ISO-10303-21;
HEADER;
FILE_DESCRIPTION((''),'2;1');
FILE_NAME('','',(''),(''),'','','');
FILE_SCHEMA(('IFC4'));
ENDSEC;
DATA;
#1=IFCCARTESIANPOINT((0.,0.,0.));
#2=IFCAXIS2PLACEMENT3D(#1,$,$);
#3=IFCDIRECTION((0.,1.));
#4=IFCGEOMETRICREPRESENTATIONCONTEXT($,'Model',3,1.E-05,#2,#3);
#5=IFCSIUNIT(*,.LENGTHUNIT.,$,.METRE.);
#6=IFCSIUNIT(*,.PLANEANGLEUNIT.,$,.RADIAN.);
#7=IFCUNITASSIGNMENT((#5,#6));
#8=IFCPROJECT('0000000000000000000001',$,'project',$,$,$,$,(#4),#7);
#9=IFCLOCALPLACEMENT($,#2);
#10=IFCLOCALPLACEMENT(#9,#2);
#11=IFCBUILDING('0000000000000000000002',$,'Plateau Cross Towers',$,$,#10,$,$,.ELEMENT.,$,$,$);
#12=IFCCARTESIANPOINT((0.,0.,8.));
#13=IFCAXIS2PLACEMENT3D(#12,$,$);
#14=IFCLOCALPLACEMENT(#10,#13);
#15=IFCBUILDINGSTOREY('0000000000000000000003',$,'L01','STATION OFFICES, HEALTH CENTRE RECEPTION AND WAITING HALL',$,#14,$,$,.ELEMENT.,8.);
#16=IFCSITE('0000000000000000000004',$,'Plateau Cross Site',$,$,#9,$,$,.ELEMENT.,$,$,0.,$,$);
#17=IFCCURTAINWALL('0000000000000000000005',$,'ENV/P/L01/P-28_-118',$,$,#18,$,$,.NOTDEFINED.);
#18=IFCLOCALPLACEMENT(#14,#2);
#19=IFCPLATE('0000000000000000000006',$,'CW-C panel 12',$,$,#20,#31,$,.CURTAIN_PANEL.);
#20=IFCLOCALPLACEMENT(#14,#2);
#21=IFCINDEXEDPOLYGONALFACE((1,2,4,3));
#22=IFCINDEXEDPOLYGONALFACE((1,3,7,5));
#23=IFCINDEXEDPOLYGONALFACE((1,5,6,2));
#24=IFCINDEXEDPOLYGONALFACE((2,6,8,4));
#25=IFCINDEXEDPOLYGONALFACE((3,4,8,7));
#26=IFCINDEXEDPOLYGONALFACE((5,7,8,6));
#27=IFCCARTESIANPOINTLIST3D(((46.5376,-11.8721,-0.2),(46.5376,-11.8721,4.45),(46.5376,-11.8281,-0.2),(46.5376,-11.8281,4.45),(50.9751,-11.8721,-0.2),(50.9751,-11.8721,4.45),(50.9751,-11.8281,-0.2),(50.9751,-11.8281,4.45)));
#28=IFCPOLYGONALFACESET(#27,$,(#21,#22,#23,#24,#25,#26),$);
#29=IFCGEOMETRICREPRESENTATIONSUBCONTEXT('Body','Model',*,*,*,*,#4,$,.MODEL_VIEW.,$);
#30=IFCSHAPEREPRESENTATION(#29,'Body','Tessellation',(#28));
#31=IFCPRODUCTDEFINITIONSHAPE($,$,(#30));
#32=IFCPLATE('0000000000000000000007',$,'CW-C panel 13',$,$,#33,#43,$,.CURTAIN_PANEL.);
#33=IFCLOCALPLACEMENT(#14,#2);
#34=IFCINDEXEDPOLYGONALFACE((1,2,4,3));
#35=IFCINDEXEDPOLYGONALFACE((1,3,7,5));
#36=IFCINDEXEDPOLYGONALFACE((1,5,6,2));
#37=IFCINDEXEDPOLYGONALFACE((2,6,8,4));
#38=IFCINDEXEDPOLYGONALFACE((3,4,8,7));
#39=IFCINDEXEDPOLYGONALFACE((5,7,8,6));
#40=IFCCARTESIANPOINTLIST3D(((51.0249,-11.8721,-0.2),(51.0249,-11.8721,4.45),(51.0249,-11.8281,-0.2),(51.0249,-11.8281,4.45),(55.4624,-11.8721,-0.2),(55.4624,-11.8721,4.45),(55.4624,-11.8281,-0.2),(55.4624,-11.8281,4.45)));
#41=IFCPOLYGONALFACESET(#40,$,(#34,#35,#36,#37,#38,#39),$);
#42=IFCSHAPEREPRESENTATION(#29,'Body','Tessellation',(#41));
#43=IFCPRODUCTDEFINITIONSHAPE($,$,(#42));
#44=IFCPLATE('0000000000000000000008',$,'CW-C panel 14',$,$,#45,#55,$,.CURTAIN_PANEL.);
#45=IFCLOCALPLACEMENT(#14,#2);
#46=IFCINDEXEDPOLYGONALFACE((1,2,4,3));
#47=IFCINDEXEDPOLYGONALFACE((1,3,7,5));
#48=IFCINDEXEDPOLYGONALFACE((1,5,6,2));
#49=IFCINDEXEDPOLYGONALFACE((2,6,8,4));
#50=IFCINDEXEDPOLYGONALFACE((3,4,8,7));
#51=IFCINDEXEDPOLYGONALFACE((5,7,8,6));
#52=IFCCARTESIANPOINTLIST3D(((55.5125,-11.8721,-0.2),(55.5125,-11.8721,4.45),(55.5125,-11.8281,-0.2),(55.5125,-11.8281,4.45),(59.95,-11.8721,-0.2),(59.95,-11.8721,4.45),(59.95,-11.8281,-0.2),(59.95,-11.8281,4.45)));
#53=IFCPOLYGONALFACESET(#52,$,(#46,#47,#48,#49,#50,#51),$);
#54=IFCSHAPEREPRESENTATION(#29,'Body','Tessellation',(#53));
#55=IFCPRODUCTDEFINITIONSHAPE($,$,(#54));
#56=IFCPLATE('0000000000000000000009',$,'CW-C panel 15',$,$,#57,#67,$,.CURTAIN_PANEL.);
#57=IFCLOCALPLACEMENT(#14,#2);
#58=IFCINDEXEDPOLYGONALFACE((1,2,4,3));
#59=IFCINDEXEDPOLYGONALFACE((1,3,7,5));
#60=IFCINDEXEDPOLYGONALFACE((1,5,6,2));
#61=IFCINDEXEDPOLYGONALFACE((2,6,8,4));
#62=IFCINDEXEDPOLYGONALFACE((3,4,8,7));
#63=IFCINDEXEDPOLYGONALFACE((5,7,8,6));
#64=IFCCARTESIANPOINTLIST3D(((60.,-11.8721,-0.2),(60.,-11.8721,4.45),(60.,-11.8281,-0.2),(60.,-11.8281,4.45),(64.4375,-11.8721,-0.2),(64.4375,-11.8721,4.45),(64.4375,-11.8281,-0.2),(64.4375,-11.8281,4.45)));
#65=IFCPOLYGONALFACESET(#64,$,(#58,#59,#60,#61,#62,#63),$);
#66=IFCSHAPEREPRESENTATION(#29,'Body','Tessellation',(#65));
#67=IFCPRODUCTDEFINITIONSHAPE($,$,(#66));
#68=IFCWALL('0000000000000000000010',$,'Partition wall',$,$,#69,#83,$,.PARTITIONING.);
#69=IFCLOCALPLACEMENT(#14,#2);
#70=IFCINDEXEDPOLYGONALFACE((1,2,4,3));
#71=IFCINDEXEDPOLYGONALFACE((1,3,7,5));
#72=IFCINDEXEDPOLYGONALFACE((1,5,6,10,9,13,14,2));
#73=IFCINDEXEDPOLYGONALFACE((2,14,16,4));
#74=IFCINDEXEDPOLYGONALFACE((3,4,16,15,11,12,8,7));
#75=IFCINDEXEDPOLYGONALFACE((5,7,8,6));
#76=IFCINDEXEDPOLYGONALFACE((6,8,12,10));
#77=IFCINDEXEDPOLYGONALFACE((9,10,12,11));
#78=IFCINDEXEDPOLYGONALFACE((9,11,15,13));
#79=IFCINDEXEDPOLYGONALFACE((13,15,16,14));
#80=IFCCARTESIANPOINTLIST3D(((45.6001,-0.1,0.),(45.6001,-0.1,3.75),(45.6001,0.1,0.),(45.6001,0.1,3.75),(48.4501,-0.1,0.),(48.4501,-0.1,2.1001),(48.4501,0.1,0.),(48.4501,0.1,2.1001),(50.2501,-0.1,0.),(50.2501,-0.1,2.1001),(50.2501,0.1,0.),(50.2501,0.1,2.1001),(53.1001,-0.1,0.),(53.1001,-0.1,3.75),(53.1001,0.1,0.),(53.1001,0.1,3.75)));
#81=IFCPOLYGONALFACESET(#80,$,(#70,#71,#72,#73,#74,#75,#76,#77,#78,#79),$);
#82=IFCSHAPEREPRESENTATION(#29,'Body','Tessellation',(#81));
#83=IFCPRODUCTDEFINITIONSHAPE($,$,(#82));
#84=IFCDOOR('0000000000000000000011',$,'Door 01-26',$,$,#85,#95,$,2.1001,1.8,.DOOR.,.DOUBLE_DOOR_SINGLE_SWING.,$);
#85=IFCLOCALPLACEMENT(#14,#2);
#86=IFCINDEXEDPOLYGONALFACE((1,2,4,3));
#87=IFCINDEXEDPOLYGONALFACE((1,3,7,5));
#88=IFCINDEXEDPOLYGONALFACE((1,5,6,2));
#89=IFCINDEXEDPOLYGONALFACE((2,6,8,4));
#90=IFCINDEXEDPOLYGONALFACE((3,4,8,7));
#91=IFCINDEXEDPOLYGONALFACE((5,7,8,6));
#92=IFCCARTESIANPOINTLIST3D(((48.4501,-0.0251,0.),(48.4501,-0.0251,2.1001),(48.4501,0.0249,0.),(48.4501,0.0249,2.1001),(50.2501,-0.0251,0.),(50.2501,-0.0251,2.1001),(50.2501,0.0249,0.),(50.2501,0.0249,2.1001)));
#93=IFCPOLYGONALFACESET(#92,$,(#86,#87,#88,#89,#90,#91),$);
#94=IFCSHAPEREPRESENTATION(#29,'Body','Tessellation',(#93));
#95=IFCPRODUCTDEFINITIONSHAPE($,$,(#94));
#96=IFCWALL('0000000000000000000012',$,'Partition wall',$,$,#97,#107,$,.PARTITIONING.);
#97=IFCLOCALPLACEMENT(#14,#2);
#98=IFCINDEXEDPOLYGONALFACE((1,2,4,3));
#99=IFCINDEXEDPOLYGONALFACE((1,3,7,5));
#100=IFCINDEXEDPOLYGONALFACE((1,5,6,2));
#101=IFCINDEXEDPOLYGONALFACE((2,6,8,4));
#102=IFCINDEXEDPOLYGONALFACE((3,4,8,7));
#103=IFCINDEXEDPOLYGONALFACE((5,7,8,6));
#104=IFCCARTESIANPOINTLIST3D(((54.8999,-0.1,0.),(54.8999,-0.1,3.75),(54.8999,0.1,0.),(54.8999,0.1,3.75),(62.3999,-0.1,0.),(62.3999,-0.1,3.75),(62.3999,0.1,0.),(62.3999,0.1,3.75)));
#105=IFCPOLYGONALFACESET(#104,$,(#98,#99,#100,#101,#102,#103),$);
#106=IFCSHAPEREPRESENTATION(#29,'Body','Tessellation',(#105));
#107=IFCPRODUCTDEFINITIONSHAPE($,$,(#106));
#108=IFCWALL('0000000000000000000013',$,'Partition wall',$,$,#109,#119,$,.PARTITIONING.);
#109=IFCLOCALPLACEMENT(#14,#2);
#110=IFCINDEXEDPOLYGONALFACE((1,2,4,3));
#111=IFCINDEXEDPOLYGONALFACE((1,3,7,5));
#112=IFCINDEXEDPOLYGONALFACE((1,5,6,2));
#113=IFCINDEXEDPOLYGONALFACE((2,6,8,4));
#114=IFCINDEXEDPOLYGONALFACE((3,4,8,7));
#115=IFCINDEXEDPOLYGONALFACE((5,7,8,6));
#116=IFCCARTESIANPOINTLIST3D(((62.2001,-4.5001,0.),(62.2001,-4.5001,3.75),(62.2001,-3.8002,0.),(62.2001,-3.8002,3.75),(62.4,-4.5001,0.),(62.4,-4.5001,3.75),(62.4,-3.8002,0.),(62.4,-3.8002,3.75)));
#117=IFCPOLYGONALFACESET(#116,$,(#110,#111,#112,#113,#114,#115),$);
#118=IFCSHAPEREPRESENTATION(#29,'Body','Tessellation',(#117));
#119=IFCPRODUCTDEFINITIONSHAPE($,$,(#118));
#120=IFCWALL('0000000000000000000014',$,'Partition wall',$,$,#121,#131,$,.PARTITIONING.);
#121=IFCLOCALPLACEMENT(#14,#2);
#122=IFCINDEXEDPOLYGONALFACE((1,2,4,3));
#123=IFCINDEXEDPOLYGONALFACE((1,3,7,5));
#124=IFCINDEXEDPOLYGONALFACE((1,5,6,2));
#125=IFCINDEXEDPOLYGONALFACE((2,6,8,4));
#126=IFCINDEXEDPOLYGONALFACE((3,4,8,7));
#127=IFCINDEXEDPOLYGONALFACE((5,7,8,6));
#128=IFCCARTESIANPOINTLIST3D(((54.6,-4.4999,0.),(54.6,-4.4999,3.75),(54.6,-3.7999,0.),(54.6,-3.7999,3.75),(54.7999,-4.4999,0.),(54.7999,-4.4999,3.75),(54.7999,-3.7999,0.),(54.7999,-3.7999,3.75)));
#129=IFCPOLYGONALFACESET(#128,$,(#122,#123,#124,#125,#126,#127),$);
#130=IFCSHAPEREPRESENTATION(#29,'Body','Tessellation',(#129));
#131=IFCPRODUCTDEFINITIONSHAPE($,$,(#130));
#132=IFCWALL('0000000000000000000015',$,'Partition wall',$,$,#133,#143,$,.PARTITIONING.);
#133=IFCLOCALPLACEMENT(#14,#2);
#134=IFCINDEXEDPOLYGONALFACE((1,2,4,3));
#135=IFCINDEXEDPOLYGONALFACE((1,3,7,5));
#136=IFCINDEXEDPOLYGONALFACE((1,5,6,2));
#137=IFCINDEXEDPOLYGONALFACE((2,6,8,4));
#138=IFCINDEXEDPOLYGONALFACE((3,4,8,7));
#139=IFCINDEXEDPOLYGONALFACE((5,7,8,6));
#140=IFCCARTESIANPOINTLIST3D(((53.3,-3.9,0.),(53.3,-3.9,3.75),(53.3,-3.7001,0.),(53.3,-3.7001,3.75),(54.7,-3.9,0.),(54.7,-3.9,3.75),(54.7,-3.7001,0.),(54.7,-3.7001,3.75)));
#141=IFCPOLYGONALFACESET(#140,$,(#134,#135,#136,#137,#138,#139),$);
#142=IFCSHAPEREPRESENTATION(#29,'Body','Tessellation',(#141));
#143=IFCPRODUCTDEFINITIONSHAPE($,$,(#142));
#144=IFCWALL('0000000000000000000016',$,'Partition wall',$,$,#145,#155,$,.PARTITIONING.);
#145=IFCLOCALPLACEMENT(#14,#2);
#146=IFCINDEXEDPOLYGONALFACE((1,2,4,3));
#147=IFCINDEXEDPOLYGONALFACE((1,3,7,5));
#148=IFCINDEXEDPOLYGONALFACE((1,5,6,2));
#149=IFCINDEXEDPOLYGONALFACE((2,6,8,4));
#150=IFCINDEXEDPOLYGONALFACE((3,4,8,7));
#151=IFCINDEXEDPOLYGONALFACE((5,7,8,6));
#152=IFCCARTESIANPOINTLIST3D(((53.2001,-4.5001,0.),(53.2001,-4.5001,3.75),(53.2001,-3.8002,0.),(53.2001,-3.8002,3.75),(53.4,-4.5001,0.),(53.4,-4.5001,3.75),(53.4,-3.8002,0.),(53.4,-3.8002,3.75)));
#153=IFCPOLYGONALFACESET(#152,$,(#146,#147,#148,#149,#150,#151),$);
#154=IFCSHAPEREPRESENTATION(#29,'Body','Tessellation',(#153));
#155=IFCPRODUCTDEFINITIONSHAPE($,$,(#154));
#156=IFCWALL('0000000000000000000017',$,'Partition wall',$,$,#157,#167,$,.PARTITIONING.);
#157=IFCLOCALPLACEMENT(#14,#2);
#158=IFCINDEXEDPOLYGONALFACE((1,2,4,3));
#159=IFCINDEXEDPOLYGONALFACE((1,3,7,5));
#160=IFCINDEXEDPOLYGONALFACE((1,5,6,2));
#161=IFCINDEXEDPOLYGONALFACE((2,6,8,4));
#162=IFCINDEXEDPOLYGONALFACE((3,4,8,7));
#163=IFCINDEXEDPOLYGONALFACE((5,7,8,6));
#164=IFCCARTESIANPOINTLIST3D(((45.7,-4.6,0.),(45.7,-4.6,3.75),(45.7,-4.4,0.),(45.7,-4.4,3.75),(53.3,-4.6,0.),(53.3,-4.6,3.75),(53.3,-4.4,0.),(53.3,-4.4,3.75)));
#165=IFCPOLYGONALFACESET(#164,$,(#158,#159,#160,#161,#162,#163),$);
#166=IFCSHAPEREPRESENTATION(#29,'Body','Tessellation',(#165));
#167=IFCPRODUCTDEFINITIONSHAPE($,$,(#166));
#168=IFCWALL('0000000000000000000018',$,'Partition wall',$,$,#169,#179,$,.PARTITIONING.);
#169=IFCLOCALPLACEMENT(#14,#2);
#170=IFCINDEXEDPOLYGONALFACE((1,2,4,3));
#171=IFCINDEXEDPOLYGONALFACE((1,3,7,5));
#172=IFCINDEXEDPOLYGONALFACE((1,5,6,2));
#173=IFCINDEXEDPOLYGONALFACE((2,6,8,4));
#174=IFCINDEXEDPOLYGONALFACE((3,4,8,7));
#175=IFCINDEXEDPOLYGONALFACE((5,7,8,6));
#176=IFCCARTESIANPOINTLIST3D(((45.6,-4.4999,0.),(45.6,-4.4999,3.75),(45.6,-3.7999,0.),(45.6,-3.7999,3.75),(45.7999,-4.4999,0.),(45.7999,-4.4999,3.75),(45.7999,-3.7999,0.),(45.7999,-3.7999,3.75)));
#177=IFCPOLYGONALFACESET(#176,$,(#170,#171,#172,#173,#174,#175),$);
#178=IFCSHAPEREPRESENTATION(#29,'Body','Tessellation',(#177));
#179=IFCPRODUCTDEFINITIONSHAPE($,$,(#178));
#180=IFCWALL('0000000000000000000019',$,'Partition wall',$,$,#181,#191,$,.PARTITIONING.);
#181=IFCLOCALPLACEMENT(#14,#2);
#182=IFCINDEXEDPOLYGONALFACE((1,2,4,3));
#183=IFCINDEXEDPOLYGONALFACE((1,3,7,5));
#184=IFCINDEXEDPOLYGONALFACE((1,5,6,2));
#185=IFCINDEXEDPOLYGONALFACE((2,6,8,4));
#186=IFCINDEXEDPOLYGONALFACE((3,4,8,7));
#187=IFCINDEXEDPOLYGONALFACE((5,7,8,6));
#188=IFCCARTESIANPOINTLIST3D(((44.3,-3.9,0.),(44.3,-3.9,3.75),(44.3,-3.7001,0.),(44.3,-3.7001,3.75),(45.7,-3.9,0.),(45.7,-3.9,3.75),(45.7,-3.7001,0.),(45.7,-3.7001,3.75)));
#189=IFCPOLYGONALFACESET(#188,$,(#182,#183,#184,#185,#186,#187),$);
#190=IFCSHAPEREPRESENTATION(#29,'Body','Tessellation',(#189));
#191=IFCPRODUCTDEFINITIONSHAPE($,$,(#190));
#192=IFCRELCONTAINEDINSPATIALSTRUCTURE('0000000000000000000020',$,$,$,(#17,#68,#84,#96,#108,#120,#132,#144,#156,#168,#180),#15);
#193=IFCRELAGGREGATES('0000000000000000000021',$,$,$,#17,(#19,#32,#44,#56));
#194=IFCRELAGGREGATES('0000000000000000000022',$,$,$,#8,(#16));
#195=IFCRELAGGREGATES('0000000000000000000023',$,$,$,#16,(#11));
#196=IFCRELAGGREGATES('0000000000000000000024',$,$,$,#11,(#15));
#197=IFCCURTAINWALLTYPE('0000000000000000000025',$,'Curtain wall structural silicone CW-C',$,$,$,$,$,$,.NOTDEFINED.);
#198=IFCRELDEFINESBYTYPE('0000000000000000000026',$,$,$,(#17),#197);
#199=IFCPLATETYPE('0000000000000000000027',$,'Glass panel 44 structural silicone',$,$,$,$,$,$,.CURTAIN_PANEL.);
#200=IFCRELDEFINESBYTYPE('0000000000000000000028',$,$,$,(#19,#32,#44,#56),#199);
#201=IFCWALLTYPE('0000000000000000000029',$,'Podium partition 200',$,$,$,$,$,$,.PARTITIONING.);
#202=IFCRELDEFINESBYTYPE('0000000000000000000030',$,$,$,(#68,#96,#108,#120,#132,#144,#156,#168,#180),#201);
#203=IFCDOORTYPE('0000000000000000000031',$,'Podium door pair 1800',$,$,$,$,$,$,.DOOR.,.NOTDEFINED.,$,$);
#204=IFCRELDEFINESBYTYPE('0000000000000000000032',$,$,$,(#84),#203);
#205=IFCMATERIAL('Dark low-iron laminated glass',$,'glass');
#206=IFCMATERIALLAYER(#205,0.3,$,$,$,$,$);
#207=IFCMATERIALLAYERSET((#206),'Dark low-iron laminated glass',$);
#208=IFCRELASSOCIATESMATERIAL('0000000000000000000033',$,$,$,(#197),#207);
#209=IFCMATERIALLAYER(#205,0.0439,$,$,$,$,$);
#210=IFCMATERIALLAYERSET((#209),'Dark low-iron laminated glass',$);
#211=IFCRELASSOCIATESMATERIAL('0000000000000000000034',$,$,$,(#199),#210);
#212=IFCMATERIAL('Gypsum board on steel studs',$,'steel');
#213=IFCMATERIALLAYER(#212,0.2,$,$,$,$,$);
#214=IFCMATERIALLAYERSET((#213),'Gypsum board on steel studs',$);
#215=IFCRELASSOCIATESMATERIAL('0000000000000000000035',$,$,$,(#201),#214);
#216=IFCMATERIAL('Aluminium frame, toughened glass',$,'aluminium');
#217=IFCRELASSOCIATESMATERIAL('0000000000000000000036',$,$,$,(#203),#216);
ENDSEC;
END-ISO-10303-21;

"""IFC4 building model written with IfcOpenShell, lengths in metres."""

from ifc_helpers import new_model, si_unit, direction, frame, frame_2d, origin, origin_2d, place, context, subcontext, project, spatial, rectangle, extrude, material, layer, layer_set, type_object, element, fill, aggregate, save


model = new_model("IFC4")

# Units and contexts
model_context = context("Model", 3, precision=1e-05, world=origin(), true_north=direction((0.0, 1.0)))
body_context = subcontext(model_context, "Body", "Model", "MODEL_VIEW")
ifc_project = project(units=[si_unit("LENGTHUNIT", "METRE"), si_unit("PLANEANGLEUNIT", "RADIAN")], contexts=[model_context])

# Site, building, storey
site_placement = place(None, origin())
site = spatial("IfcSite", under=ifc_project, at=site_placement, Name="Plateau Cross Site", CompositionType="ELEMENT", RefElevation=0.0)
building_placement = place(site_placement, origin())
building = spatial("IfcBuilding", under=site, at=building_placement, Name="Plateau Cross Towers", CompositionType="ELEMENT")
storey_placement = place(building_placement, frame((0.0, 0.0, 8.0)))
storey = spatial("IfcBuildingStorey", under=building, at=storey_placement, Name="L01", Description="STATION OFFICES, HEALTH CENTRE RECEPTION AND WAITING HALL", CompositionType="ELEMENT", Elevation=8.0)

# Curtain wall
ifc_material_1 = material(Name="Dark low-iron laminated glass", Category="glass")
ifc_layer_1 = layer(ifc_material_1, 0.3)
ifc_layer_set_1 = layer_set([ifc_layer_1], Name="Dark low-iron laminated glass")
curtain_wall_type = type_object("IfcCurtainWallType", Name="Curtain wall structural silicone CW-C", PredefinedType="NOTDEFINED", material=ifc_layer_set_1)
curtain_wall_placement = place(storey_placement, origin())
curtain_wall = element("IfcCurtainWall", 1, at=curtain_wall_placement, inside=storey, type_object=curtain_wall_type, Name="ENV/P/L01/P-28_-118", PredefinedType="NOTDEFINED")

# Plates
ifc_layer_2 = layer(ifc_material_1, 0.0439)
ifc_layer_set_2 = layer_set([ifc_layer_2], Name="Dark low-iron laminated glass")
plate_type = type_object("IfcPlateType", Name="Glass panel 44 structural silicone", PredefinedType="CURTAIN_PANEL", material=ifc_layer_set_2)
plate_1_placement = place(storey_placement, frame((48.7563, -11.8501, -0.2), z_axis=(0.0, 0.0, 1.0), x_axis=(1.0, 0.0, 0.0)))
plate_1 = element("IfcPlate", 2, at=plate_1_placement, type_object=plate_type, Name="CW-C panel 12", PredefinedType="CURTAIN_PANEL", context=body_context, shape_type="SweptSolid", body=[
    extrude(rectangle(XDim=4.4375, YDim=0.0439, at=origin_2d()), origin(), (0.0, 0.0, 1.0), 4.6499),
])
plate_2_placement = place(storey_placement, frame((53.2437, -11.8501, -0.2), z_axis=(0.0, 0.0, 1.0), x_axis=(1.0, 0.0, 0.0)))
plate_2 = element("IfcPlate", 3, at=plate_2_placement, type_object=plate_type, Name="CW-C panel 13", PredefinedType="CURTAIN_PANEL", context=body_context, shape_type="SweptSolid", body=[
    extrude(rectangle(XDim=4.4375, YDim=0.0439, at=origin_2d()), origin(), (0.0, 0.0, 1.0), 4.6499),
])
plate_3_placement = place(storey_placement, frame((57.7312, -11.8501, -0.2), z_axis=(0.0, 0.0, 1.0), x_axis=(1.0, 0.0, 0.0)))
plate_3 = element("IfcPlate", 4, at=plate_3_placement, type_object=plate_type, Name="CW-C panel 14", PredefinedType="CURTAIN_PANEL", context=body_context, shape_type="SweptSolid", body=[
    extrude(rectangle(XDim=4.4375, YDim=0.0439, at=origin_2d()), origin(), (0.0, 0.0, 1.0), 4.6499),
])
plate_4_placement = place(storey_placement, frame((62.2188, -11.8501, -0.2), z_axis=(0.0, 0.0, 1.0), x_axis=(1.0, 0.0, 0.0)))
plate_4 = element("IfcPlate", 5, at=plate_4_placement, type_object=plate_type, Name="CW-C panel 15", PredefinedType="CURTAIN_PANEL", context=body_context, shape_type="SweptSolid", body=[
    extrude(rectangle(XDim=4.4375, YDim=0.0439, at=origin_2d()), origin(), (0.0, 0.0, 1.0), 4.6499),
])
aggregate(curtain_wall, [plate_1, plate_2, plate_3, plate_4])

# Wall, opening, door
ifc_material_2 = material(Name="Gypsum board on steel studs", Category="steel")
ifc_layer_3 = layer(ifc_material_2, 0.2)
ifc_layer_set_3 = layer_set([ifc_layer_3], Name="Gypsum board on steel studs")
wall_type = type_object("IfcWallType", Name="Podium partition 200", PredefinedType="PARTITIONING", material=ifc_layer_set_3)
wall_1_placement = place(storey_placement, frame((45.6001, 0.0, 0.0), z_axis=(0.0, 0.0, 1.0), x_axis=(1.0, 0.0, 0.0)))
wall_1 = element("IfcWall", 6, at=wall_1_placement, inside=storey, type_object=wall_type, Name="Partition wall", PredefinedType="PARTITIONING", context=body_context, shape_type="SweptSolid", body=[
    extrude(rectangle(XDim=7.5, YDim=0.2, at=frame_2d((3.75, 0.0))), origin(), (0.0, 0.0, 1.0), 3.75),
])
opening_1_placement = place(wall_1_placement, frame((2.8501, 0.0, 0.0)))
opening_1 = element("IfcOpeningElement", 7, at=opening_1_placement, cuts=wall_1, PredefinedType="OPENING", context=body_context, shape_type="SweptSolid", body=[
    extrude(rectangle(XDim=1.8, YDim=2.1001, at=frame_2d((0.8999, 1.05))), frame((0.0, 0.1099, 0.0), z_axis=(0.0, -1.0, 0.0), x_axis=(1.0, 0.0, 0.0)), (0.0, 0.0, 1.0), 0.22),
])
ifc_material_3 = material(Name="Aluminium frame, toughened glass", Category="aluminium")
door_type_1 = type_object("IfcDoorType", Name="Podium door pair 1800", OperationType="NOTDEFINED", PredefinedType="DOOR", material=ifc_material_3)
door_1_placement = place(opening_1_placement, origin())
door_1 = element("IfcDoor", 8, at=door_1_placement, inside=storey, type_object=door_type_1, Name="Door 01-26", OperationType="DOUBLE_DOOR_SINGLE_SWING", OverallHeight=2.1001, OverallWidth=1.8, PredefinedType="DOOR", context=body_context, shape_type="SweptSolid", body=[
    extrude(rectangle(XDim=1.8, YDim=2.1001, at=frame_2d((0.8999, 1.05))), frame((0.0, 0.0249, 0.0), z_axis=(0.0, -1.0, 0.0), x_axis=(1.0, 0.0, 0.0)), (0.0, 0.0, 1.0), 0.05),
])
fill(opening_1, door_1)

# Walls
wall_2_placement = place(storey_placement, frame((54.8999, 0.0, 0.0), z_axis=(0.0, 0.0, 1.0), x_axis=(1.0, 0.0, 0.0)))
element("IfcWall", 9, at=wall_2_placement, inside=storey, type_object=wall_type, Name="Partition wall", PredefinedType="PARTITIONING", context=body_context, shape_type="SweptSolid", body=[
    extrude(rectangle(XDim=7.5, YDim=0.2, at=frame_2d((3.75, 0.0))), origin(), (0.0, 0.0, 1.0), 3.75),
])
wall_3_placement = place(storey_placement, frame((62.3, -3.8, 0.0), z_axis=(0.0, 0.0, 1.0), x_axis=(0.0, -1.0, 0.0)))
element("IfcWall", 10, at=wall_3_placement, inside=storey, type_object=wall_type, Name="Partition wall", PredefinedType="PARTITIONING", context=body_context, shape_type="SweptSolid", body=[
    extrude(rectangle(XDim=0.7, YDim=0.2, at=frame_2d((0.3501, 0.0))), origin(), (0.0, 0.0, 1.0), 3.75),
])

# Walls
wall_4_placement = place(storey_placement, frame((54.7, -4.5, 0.0), z_axis=(0.0, 0.0, 1.0), x_axis=(0.0, 1.0, 0.0)))
element("IfcWall", 11, at=wall_4_placement, inside=storey, type_object=wall_type, Name="Partition wall", PredefinedType="PARTITIONING", context=body_context, shape_type="SweptSolid", body=[
    extrude(rectangle(XDim=0.7, YDim=0.2, at=frame_2d((0.3501, 0.0))), origin(), (0.0, 0.0, 1.0), 3.75),
])
wall_5_placement = place(storey_placement, frame((54.7, -3.8, 0.0), z_axis=(0.0, 0.0, 1.0), x_axis=(-1.0, 0.0, 0.0)))
element("IfcWall", 12, at=wall_5_placement, inside=storey, type_object=wall_type, Name="Partition wall", PredefinedType="PARTITIONING", context=body_context, shape_type="SweptSolid", body=[
    extrude(rectangle(XDim=1.3999, YDim=0.2, at=frame_2d((0.7, 0.0))), origin(), (0.0, 0.0, 1.0), 3.75),
])
wall_6_placement = place(storey_placement, frame((53.3, -3.8, 0.0), z_axis=(0.0, 0.0, 1.0), x_axis=(0.0, -1.0, 0.0)))
element("IfcWall", 13, at=wall_6_placement, inside=storey, type_object=wall_type, Name="Partition wall", PredefinedType="PARTITIONING", context=body_context, shape_type="SweptSolid", body=[
    extrude(rectangle(XDim=0.7, YDim=0.2, at=frame_2d((0.3501, 0.0))), origin(), (0.0, 0.0, 1.0), 3.75),
])
wall_7_placement = place(storey_placement, frame((53.3, -4.5, 0.0), z_axis=(0.0, 0.0, 1.0), x_axis=(-1.0, 0.0, 0.0)))
element("IfcWall", 14, at=wall_7_placement, inside=storey, type_object=wall_type, Name="Partition wall", PredefinedType="PARTITIONING", context=body_context, shape_type="SweptSolid", body=[
    extrude(rectangle(XDim=7.6001, YDim=0.2, at=frame_2d((3.8, 0.0))), origin(), (0.0, 0.0, 1.0), 3.75),
])
wall_8_placement = place(storey_placement, frame((45.7, -4.5, 0.0), z_axis=(0.0, 0.0, 1.0), x_axis=(0.0, 1.0, 0.0)))
element("IfcWall", 15, at=wall_8_placement, inside=storey, type_object=wall_type, Name="Partition wall", PredefinedType="PARTITIONING", context=body_context, shape_type="SweptSolid", body=[
    extrude(rectangle(XDim=0.7, YDim=0.2, at=frame_2d((0.3501, 0.0))), origin(), (0.0, 0.0, 1.0), 3.75),
])
for number, where, z_axis, x_axis, name in (
    (16, (45.7, -3.8, 0.0), (0.0, 0.0, 1.0), (-1.0, 0.0, 0.0), "Partition wall"),
):
    element("IfcWall", number, at=place(storey_placement, frame(where, z_axis=z_axis, x_axis=x_axis)), inside=storey, type_object=wall_type, Name=name, PredefinedType="PARTITIONING", context=body_context, shape_type="SweptSolid", body=[
        extrude(rectangle(XDim=1.3999, YDim=0.2, at=frame_2d((0.7, 0.0))), origin(), (0.0, 0.0, 1.0), 3.75),
    ])

save(model, "model.ifc")
